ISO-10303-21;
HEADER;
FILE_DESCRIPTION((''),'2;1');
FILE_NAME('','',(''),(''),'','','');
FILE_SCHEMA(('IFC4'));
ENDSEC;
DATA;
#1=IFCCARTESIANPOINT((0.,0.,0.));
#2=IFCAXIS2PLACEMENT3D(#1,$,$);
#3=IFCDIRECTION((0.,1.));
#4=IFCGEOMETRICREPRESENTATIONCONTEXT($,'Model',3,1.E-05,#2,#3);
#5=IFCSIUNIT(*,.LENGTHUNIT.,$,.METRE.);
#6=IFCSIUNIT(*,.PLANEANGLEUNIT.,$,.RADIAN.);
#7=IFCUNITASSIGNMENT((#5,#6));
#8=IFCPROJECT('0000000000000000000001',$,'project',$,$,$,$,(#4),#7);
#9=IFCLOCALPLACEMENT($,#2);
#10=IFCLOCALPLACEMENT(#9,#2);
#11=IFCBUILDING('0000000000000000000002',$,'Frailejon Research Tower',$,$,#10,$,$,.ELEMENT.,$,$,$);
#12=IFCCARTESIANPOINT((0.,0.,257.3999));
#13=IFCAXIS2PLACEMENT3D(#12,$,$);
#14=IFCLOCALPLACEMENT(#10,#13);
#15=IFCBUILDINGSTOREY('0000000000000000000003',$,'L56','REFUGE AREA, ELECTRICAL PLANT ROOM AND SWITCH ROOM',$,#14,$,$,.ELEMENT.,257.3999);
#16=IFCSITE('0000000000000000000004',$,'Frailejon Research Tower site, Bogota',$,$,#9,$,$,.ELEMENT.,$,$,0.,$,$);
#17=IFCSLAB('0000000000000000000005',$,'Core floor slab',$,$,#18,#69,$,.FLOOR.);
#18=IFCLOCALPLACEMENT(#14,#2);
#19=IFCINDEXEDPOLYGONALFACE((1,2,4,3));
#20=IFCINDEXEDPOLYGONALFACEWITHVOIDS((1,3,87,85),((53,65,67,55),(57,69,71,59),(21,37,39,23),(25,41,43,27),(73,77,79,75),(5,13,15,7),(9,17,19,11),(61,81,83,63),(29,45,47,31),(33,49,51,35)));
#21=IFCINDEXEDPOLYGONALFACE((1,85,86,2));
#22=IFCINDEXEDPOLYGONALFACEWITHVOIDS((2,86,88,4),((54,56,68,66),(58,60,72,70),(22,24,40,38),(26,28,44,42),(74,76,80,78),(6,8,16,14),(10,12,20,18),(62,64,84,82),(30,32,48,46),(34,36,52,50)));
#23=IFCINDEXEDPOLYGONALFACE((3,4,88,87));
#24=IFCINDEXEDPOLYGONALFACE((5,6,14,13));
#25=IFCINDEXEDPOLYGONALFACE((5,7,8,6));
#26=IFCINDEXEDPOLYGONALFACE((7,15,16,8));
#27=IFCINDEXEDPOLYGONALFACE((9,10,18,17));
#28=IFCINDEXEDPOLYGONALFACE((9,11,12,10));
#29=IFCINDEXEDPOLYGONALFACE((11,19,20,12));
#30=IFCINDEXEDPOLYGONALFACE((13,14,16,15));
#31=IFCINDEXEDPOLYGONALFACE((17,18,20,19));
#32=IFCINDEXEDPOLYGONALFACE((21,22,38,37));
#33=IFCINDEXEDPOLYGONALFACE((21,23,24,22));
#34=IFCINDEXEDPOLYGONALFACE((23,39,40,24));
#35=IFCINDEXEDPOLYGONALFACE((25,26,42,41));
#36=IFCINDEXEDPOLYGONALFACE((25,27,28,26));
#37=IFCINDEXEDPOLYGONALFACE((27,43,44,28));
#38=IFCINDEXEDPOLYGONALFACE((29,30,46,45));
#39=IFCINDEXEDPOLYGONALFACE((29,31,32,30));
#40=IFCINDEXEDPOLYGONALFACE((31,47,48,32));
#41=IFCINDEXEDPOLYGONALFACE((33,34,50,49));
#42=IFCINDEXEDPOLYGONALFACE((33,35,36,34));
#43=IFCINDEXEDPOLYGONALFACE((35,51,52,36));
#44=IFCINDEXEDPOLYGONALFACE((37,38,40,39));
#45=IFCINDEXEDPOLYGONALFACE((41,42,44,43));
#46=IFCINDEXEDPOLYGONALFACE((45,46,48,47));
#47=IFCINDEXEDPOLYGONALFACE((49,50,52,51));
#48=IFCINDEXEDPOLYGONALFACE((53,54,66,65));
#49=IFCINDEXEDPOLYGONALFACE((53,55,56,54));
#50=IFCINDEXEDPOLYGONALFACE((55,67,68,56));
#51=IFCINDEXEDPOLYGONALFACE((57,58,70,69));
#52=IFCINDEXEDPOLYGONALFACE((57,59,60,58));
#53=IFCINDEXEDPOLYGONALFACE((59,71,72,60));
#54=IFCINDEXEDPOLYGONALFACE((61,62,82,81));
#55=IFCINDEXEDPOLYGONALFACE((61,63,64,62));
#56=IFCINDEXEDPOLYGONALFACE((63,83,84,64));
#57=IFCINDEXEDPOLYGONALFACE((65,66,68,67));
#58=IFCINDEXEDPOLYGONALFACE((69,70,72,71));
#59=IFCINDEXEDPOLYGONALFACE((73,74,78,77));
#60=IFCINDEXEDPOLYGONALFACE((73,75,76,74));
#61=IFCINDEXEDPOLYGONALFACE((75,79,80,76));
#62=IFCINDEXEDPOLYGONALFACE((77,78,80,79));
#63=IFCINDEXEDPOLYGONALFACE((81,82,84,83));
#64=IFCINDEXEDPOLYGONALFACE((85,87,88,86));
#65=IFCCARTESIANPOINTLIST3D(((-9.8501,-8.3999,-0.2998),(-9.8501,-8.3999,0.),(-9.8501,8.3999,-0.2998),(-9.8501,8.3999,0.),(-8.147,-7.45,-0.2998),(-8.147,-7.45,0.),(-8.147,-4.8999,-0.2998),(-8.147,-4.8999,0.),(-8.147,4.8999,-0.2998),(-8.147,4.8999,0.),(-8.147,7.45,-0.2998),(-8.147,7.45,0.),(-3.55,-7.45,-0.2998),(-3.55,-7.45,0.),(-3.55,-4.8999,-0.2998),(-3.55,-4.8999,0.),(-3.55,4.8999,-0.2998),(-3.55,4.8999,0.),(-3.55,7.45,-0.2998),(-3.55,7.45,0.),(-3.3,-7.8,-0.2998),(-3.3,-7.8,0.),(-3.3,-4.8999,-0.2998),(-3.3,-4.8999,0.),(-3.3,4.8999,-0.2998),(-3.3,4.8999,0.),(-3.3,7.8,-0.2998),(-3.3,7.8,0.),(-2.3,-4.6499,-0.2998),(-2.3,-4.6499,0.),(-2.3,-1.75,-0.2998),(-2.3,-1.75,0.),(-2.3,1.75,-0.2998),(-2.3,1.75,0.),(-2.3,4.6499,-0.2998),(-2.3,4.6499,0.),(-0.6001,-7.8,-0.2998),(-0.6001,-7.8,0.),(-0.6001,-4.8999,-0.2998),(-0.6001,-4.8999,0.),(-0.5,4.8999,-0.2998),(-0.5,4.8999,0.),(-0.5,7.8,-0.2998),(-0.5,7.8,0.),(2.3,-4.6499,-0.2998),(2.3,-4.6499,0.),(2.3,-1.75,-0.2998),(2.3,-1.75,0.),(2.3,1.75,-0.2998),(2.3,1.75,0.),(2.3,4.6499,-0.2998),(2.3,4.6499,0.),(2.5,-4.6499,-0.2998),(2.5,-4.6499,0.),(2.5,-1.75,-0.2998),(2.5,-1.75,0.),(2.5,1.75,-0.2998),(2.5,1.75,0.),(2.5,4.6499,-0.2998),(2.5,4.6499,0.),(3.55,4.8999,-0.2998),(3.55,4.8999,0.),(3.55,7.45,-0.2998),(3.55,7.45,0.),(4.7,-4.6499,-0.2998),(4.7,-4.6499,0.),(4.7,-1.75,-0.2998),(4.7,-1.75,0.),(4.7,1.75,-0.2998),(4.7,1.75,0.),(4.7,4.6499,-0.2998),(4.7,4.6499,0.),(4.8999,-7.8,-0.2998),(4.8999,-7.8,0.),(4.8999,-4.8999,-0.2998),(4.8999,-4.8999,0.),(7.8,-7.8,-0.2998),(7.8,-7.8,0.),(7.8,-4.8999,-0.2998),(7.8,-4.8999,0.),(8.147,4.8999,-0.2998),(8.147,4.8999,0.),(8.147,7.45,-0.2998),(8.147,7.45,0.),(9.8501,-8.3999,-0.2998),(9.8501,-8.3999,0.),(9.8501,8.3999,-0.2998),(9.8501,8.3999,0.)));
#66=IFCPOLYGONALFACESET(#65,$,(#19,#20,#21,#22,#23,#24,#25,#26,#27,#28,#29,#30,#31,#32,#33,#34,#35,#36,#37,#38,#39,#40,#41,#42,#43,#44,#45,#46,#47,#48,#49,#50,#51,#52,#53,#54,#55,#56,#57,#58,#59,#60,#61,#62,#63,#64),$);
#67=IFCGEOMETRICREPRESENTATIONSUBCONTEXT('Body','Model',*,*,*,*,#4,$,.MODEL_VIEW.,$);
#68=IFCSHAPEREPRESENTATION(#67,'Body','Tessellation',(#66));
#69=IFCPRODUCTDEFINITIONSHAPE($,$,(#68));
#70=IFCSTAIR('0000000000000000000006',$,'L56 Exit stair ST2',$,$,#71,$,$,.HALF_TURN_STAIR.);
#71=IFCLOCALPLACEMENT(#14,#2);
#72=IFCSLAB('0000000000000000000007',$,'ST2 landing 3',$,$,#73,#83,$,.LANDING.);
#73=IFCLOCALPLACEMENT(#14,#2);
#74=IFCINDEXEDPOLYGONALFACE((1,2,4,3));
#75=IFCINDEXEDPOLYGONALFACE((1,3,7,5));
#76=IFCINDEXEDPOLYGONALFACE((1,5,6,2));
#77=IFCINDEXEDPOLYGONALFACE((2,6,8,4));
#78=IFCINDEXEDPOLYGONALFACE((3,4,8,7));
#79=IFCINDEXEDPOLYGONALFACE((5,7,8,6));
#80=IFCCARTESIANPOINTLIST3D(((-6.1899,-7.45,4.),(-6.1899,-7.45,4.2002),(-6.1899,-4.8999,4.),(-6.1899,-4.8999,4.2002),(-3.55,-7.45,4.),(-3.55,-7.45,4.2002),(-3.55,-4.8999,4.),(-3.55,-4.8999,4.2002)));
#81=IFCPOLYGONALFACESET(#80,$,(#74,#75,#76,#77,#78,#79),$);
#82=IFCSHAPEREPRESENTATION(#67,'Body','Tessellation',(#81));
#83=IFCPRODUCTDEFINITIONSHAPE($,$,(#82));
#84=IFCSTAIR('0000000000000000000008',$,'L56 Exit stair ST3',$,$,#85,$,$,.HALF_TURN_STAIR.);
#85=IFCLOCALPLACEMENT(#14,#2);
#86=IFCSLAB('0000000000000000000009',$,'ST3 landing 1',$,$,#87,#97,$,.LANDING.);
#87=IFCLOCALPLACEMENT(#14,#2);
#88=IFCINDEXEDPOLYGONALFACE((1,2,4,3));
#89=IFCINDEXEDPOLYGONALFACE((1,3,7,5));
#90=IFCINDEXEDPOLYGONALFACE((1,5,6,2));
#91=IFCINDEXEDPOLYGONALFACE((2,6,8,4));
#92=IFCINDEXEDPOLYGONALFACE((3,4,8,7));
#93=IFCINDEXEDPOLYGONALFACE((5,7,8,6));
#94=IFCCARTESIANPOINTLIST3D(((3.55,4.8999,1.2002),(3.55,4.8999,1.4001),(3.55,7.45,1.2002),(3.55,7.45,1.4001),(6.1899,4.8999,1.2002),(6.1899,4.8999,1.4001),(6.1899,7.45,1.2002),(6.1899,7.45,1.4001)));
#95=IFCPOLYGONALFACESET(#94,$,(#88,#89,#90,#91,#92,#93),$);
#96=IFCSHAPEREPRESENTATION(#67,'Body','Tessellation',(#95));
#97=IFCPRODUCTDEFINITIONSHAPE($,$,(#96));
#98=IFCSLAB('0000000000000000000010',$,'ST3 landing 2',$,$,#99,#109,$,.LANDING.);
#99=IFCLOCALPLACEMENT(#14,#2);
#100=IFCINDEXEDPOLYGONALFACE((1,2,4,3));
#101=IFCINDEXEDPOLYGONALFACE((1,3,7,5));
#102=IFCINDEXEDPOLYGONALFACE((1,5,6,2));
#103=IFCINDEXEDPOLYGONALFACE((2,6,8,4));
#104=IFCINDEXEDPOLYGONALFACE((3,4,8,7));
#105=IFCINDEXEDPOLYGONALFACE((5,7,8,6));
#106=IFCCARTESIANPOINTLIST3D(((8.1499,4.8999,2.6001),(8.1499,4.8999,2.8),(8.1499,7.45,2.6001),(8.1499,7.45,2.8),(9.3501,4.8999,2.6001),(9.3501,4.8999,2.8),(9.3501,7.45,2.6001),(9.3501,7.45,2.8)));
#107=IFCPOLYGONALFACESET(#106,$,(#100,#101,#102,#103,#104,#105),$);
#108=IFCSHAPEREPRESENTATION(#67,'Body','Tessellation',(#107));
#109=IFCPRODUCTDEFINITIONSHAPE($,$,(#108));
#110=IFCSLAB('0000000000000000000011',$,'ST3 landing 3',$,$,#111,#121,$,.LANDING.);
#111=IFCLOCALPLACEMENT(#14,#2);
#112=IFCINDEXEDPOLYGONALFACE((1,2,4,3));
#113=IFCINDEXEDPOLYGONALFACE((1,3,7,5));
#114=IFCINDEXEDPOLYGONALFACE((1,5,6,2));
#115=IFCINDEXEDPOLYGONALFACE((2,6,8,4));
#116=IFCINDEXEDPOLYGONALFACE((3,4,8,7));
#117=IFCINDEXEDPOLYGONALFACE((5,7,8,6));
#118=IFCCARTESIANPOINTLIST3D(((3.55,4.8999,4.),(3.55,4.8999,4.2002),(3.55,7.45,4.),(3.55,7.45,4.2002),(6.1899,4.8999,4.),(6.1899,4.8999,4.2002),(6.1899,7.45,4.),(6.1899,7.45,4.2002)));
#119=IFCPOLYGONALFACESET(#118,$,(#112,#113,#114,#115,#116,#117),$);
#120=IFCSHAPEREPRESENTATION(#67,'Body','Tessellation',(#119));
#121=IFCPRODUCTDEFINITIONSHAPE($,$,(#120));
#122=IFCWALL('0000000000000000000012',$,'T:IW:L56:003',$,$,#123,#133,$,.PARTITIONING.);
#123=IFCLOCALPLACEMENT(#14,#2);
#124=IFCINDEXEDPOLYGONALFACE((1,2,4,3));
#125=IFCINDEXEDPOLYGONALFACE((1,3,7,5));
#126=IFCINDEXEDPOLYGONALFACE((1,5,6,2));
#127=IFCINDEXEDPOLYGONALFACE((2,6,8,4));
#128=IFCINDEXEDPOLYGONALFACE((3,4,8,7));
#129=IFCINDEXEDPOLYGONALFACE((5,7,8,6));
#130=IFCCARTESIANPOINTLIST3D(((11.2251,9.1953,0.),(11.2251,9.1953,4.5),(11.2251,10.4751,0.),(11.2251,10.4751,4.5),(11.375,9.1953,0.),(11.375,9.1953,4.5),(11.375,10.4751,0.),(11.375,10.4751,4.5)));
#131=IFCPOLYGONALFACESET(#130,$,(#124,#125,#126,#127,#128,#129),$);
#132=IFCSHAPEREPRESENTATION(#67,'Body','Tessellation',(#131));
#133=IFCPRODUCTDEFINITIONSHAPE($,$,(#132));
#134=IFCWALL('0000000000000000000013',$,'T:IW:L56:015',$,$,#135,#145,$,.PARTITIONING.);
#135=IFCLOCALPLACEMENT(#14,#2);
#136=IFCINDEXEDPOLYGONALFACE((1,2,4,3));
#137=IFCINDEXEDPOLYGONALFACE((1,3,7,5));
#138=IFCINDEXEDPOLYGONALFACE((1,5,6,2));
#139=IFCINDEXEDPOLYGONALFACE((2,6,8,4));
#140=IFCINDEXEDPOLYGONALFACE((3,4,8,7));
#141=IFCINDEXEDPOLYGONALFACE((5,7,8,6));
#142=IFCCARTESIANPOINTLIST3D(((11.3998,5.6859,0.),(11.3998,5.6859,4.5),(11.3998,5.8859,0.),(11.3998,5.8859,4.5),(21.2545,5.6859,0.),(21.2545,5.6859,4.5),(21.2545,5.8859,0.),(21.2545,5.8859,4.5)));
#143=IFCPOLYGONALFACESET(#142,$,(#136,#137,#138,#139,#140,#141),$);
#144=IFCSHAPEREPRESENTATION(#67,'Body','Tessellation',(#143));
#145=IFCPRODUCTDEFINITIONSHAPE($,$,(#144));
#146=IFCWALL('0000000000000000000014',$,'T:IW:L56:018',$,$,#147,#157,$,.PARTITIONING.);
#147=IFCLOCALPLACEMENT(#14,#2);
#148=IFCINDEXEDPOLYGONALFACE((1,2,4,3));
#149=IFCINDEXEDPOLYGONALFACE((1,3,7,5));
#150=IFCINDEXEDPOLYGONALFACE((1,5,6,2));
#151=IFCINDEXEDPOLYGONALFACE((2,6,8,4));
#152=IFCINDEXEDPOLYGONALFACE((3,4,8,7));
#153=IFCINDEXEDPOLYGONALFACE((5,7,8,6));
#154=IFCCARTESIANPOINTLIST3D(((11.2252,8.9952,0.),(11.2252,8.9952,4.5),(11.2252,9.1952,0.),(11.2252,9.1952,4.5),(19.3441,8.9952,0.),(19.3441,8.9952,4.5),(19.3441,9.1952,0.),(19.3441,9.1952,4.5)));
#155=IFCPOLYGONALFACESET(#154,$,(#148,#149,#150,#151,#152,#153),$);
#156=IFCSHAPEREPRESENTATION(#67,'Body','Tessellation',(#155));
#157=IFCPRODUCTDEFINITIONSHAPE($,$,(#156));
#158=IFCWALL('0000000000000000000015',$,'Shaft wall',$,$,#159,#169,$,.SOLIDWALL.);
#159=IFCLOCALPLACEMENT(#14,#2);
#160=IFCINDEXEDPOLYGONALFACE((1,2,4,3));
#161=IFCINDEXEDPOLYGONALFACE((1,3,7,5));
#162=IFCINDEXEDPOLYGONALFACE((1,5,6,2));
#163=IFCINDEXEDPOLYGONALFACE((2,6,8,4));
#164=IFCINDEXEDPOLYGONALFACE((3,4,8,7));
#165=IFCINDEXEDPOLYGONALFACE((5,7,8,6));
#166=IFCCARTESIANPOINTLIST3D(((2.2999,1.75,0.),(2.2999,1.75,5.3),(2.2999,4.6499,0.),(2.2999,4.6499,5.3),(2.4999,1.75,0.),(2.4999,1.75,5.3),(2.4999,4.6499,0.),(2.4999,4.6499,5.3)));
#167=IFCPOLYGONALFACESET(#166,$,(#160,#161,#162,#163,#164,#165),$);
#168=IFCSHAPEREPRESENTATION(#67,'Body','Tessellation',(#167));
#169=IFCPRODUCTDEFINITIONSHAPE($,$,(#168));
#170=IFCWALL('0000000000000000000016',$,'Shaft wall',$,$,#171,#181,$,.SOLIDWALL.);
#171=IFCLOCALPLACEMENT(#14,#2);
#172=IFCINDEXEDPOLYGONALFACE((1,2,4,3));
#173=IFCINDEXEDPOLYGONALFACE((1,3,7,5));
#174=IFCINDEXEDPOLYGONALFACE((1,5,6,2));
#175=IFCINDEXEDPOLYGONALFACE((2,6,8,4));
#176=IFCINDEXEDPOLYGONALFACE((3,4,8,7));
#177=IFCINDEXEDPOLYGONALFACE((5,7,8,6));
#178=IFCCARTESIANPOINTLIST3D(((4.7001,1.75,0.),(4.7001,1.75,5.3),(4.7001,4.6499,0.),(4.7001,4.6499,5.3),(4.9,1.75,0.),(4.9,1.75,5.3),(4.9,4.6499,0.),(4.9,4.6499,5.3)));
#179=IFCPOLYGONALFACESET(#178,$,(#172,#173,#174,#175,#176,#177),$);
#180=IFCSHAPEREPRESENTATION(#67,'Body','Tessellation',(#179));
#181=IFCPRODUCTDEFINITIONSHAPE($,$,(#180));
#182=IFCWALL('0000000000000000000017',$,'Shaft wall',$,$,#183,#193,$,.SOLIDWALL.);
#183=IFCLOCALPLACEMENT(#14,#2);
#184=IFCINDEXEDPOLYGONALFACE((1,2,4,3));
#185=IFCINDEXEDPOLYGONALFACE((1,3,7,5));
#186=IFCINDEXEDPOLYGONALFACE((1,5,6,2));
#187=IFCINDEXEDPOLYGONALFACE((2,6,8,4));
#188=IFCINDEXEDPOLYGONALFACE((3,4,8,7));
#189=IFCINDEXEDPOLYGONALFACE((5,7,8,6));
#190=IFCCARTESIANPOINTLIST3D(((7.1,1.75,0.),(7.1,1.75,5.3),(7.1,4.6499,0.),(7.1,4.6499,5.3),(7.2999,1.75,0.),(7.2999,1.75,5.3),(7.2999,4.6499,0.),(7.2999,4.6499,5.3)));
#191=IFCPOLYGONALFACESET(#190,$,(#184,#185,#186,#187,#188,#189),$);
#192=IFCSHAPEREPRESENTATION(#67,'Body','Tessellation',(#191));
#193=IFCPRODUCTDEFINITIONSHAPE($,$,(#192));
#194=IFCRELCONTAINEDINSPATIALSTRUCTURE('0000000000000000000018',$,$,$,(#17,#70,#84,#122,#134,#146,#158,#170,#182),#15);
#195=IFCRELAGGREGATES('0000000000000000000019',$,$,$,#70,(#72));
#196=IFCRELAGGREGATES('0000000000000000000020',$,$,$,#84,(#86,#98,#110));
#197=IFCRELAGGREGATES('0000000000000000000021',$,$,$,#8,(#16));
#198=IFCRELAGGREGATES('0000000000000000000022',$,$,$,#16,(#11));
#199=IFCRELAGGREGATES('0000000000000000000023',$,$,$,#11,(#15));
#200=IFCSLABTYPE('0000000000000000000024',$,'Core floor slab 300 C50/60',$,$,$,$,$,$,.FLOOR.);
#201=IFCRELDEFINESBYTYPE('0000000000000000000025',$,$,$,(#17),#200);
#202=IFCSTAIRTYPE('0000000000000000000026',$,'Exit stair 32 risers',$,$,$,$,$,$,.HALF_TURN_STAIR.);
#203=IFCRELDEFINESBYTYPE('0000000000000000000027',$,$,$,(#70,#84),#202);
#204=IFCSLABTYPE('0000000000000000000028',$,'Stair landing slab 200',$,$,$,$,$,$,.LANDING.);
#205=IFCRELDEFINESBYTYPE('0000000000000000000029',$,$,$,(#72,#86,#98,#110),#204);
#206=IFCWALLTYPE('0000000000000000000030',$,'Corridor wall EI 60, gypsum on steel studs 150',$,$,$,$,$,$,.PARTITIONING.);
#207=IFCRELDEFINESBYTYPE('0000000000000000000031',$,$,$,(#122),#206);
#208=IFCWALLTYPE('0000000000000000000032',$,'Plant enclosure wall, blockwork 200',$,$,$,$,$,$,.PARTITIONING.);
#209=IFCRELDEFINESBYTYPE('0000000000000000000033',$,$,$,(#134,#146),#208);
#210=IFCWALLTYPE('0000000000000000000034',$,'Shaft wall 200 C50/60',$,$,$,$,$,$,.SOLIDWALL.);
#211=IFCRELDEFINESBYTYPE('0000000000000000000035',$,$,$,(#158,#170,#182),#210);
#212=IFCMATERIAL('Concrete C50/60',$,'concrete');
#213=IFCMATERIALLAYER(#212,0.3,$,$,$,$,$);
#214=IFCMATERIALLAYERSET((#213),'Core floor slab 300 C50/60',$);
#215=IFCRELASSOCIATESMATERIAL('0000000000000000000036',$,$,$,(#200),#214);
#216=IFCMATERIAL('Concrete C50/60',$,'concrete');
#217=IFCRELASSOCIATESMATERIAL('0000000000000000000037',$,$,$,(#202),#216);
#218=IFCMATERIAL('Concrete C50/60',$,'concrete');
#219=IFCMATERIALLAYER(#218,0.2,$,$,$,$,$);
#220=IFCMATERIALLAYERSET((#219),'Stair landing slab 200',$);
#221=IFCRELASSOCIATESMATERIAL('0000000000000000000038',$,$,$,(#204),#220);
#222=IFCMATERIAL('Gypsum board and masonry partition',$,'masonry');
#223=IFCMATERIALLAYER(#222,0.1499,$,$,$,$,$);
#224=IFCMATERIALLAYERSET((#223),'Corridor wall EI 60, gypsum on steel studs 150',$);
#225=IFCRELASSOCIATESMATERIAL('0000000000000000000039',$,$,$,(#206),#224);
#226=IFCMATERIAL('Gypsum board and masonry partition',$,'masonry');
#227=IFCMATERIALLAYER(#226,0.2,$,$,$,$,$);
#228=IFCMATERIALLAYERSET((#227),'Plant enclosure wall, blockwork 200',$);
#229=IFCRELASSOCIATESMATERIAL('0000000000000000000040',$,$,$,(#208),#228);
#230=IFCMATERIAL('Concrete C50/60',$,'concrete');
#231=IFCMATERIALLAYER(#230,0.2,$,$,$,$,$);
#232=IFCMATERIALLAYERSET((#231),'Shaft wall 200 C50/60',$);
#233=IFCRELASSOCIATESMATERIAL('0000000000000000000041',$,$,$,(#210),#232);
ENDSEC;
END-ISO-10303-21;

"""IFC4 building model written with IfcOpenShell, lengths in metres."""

from ifc_helpers import new_model, si_unit, direction, frame, frame_2d, origin, place, context, subcontext, project, spatial, polyline, rectangle, outline, extrude, material, layer, layer_set, type_object, element, aggregate, save


model = new_model("IFC4")

# Units and contexts
model_context = context("Model", 3, precision=1e-05, world=origin(), true_north=direction((0.0, 1.0)))
body_context = subcontext(model_context, "Body", "Model", "MODEL_VIEW")
ifc_project = project(units=[si_unit("LENGTHUNIT", "METRE"), si_unit("PLANEANGLEUNIT", "RADIAN")], contexts=[model_context])

# Site, building, storey
site_placement = place(None, origin())
site = spatial("IfcSite", under=ifc_project, at=site_placement, Name="Frailejon Research Tower site, Bogota", CompositionType="ELEMENT", RefElevation=0.0)
building_placement = place(site_placement, origin())
building = spatial("IfcBuilding", under=site, at=building_placement, Name="Frailejon Research Tower", CompositionType="ELEMENT")
storey_placement = place(building_placement, frame((0.0, 0.0, 257.3999)))
storey = spatial("IfcBuildingStorey", under=building, at=storey_placement, Name="L56", Description="REFUGE AREA, ELECTRICAL PLANT ROOM AND SWITCH ROOM", CompositionType="ELEMENT", Elevation=257.3999)

# Slab
ifc_material_1 = material(Name="Concrete C50/60", Category="concrete")
ifc_layer_1 = layer(ifc_material_1, 0.3)
ifc_layer_set_1 = layer_set([ifc_layer_1], Name="Core floor slab 300 C50/60")
slab_type_1 = type_object("IfcSlabType", Name="Core floor slab 300 C50/60", PredefinedType="FLOOR", material=ifc_layer_set_1)
slab_1_placement = place(storey_placement, frame((0.0, 0.0, -0.2998)))
element("IfcSlab", 1, at=slab_1_placement, inside=storey, type_object=slab_type_1, Name="Core floor slab", PredefinedType="FLOOR", context=body_context, shape_type="SweptSolid", body=[
    extrude(outline(polyline([(9.8501, -8.3999), (9.8501, 8.3999), (-9.8501, 8.3999), (-9.8501, -8.3999), (9.8501, -8.3999)]), holes=[polyline([(2.3, 1.75), (2.3, 4.6499), (-2.3, 4.6499), (-2.3, 1.75), (2.3, 1.75)]), polyline([(4.7, 1.75), (4.7, 4.6499), (2.5, 4.6499), (2.5, 1.75), (4.7, 1.75)]), polyline([(2.3, -4.6499), (2.3, -1.75), (-2.3, -1.75), (-2.3, -4.6499), (2.3, -4.6499)]), polyline([(4.7, -4.6499), (4.7, -1.75), (2.5, -1.75), (2.5, -4.6499), (4.7, -4.6499)]), polyline([(-8.147, 4.8999), (-3.55, 4.8999), (-3.55, 7.45), (-8.147, 7.45), (-8.147, 4.8999)]), polyline([(-8.147, -7.45), (-3.55, -7.45), (-3.55, -4.8999), (-8.147, -4.8999), (-8.147, -7.45)]), polyline([(8.147, 7.45), (3.55, 7.45), (3.55, 4.8999), (8.147, 4.8999), (8.147, 7.45)]), polyline([(-0.6001, -7.8), (-0.6001, -4.8999), (-3.3, -4.8999), (-3.3, -7.8), (-0.6001, -7.8)]), polyline([(7.8, -7.8), (7.8, -4.8999), (4.8999, -4.8999), (4.8999, -7.8), (7.8, -7.8)]), polyline([(-0.5, 4.8999), (-0.5, 7.8), (-3.3, 7.8), (-3.3, 4.8999), (-0.5, 4.8999)])]), origin(), (0.0, 0.0, 1.0), 0.2998),
])

# Stair, slab
ifc_material_2 = material(Name="Concrete C50/60", Category="concrete")
stair_type = type_object("IfcStairType", Name="Exit stair 32 risers", PredefinedType="HALF_TURN_STAIR", material=ifc_material_2)
stair_1_placement = place(storey_placement, origin())
stair_1 = element("IfcStair", 2, at=stair_1_placement, inside=storey, type_object=stair_type, Name="L56 Exit stair ST2", PredefinedType="HALF_TURN_STAIR")
ifc_material_3 = material(Name="Concrete C50/60", Category="concrete")
ifc_layer_2 = layer(ifc_material_3, 0.2)
ifc_layer_set_2 = layer_set([ifc_layer_2], Name="Stair landing slab 200")
slab_type_2 = type_object("IfcSlabType", Name="Stair landing slab 200", PredefinedType="LANDING", material=ifc_layer_set_2)
slab_2_placement = place(storey_placement, frame((0.0, 0.0, 4.0)))
slab_2 = element("IfcSlab", 3, at=slab_2_placement, type_object=slab_type_2, Name="ST2 landing 3", PredefinedType="LANDING", context=body_context, shape_type="SweptSolid", body=[
    extrude(outline(polyline([(-6.1899, -7.45), (-3.55, -7.45), (-3.55, -4.8999), (-6.1899, -4.8999), (-6.1899, -7.45)])), origin(), (0.0, 0.0, 1.0), 0.2002),
])
aggregate(stair_1, [slab_2])

# Stair, slabs
stair_2_placement = place(storey_placement, origin())
stair_2 = element("IfcStair", 4, at=stair_2_placement, inside=storey, type_object=stair_type, Name="L56 Exit stair ST3", PredefinedType="HALF_TURN_STAIR")
slab_3_placement = place(storey_placement, frame((0.0, 0.0, 1.2002)))
slab_3 = element("IfcSlab", 5, at=slab_3_placement, type_object=slab_type_2, Name="ST3 landing 1", PredefinedType="LANDING", context=body_context, shape_type="SweptSolid", body=[
    extrude(outline(polyline([(6.1899, 7.45), (3.55, 7.45), (3.55, 4.8999), (6.1899, 4.8999), (6.1899, 7.45)])), origin(), (0.0, 0.0, 1.0), 0.2),
])
slab_4_placement = place(storey_placement, frame((0.0, 0.0, 2.6001)))
slab_4 = element("IfcSlab", 6, at=slab_4_placement, type_object=slab_type_2, Name="ST3 landing 2", PredefinedType="LANDING", context=body_context, shape_type="SweptSolid", body=[
    extrude(outline(polyline([(9.3501, 7.45), (8.1499, 7.45), (8.1499, 4.8999), (9.3501, 4.8999), (9.3501, 7.45)])), origin(), (0.0, 0.0, 1.0), 0.2),
])
slab_5_placement = place(storey_placement, frame((0.0, 0.0, 4.0)))
slab_5 = element("IfcSlab", 7, at=slab_5_placement, type_object=slab_type_2, Name="ST3 landing 3", PredefinedType="LANDING", context=body_context, shape_type="SweptSolid", body=[
    extrude(outline(polyline([(6.1899, 7.45), (3.55, 7.45), (3.55, 4.8999), (6.1899, 4.8999), (6.1899, 7.45)])), origin(), (0.0, 0.0, 1.0), 0.2002),
])

# Walls
ifc_material_4 = material(Name="Gypsum board and masonry partition", Category="masonry")
ifc_layer_3 = layer(ifc_material_4, 0.1499)
ifc_layer_set_3 = layer_set([ifc_layer_3], Name="Corridor wall EI 60, gypsum on steel studs 150")
wall_type_1 = type_object("IfcWallType", Name="Corridor wall EI 60, gypsum on steel studs 150", PredefinedType="PARTITIONING", material=ifc_layer_set_3)
wall_1_placement = place(storey_placement, frame((11.3, 9.1953, 0.0), z_axis=(0.0, 0.0, 1.0), x_axis=(0.0, 1.0, 0.0)))
element("IfcWall", 8, at=wall_1_placement, inside=storey, type_object=wall_type_1, Name="T:IW:L56:003", PredefinedType="PARTITIONING", context=body_context, shape_type="SweptSolid", body=[
    extrude(rectangle(XDim=1.2798, YDim=0.1499, at=frame_2d((0.6399, 0.0))), origin(), (0.0, 0.0, 1.0), 4.5),
])
ifc_material_5 = material(Name="Gypsum board and masonry partition", Category="masonry")
ifc_layer_4 = layer(ifc_material_5, 0.2)
ifc_layer_set_4 = layer_set([ifc_layer_4], Name="Plant enclosure wall, blockwork 200")
wall_type_2 = type_object("IfcWallType", Name="Plant enclosure wall, blockwork 200", PredefinedType="PARTITIONING", material=ifc_layer_set_4)
wall_2_placement = place(storey_placement, frame((11.3999, 5.7859, 0.0), z_axis=(0.0, 0.0, 1.0), x_axis=(1.0, 0.0, 0.0)))
element("IfcWall", 9, at=wall_2_placement, inside=storey, type_object=wall_type_2, Name="T:IW:L56:015", PredefinedType="PARTITIONING", context=body_context, shape_type="SweptSolid", body=[
    extrude(rectangle(XDim=9.8547, YDim=0.2, at=frame_2d((4.9272, 0.0))), origin(), (0.0, 0.0, 1.0), 4.5),
])
wall_3_placement = place(storey_placement, frame((11.2251, 9.0952, 0.0), z_axis=(0.0, 0.0, 1.0), x_axis=(1.0, 0.0, 0.0)))
element("IfcWall", 10, at=wall_3_placement, inside=storey, type_object=wall_type_2, Name="T:IW:L56:018", PredefinedType="PARTITIONING", context=body_context, shape_type="SweptSolid", body=[
    extrude(rectangle(XDim=8.1189, YDim=0.2, at=frame_2d((4.0596, 0.0))), origin(), (0.0, 0.0, 1.0), 4.5),
])
ifc_material_6 = material(Name="Concrete C50/60", Category="concrete")
ifc_layer_5 = layer(ifc_material_6, 0.2)
ifc_layer_set_5 = layer_set([ifc_layer_5], Name="Shaft wall 200 C50/60")
wall_type_3 = type_object("IfcWallType", Name="Shaft wall 200 C50/60", PredefinedType="SOLIDWALL", material=ifc_layer_set_5)
for number, where, z_axis, x_axis, name in (
    (11, (2.3999, 1.75, 0.0), (0.0, 0.0, 1.0), (0.0, 1.0, 0.0), "Shaft wall"),
    (12, (4.8, 1.75, 0.0), (0.0, 0.0, 1.0), (0.0, 1.0, 0.0), "Shaft wall"),
    (13, (7.2, 1.75, 0.0), (0.0, 0.0, 1.0), (0.0, 1.0, 0.0), "Shaft wall"),
):
    element("IfcWall", number, at=place(storey_placement, frame(where, z_axis=z_axis, x_axis=x_axis)), inside=storey, type_object=wall_type_3, Name=name, PredefinedType="SOLIDWALL", context=body_context, shape_type="SweptSolid", body=[
        extrude(rectangle(XDim=2.8999, YDim=0.2, at=frame_2d((1.45, 0.0))), origin(), (0.0, 0.0, 1.0), 5.3),
    ])

aggregate(stair_2, [slab_3, slab_4, slab_5])

save(model, "model.ifc")
